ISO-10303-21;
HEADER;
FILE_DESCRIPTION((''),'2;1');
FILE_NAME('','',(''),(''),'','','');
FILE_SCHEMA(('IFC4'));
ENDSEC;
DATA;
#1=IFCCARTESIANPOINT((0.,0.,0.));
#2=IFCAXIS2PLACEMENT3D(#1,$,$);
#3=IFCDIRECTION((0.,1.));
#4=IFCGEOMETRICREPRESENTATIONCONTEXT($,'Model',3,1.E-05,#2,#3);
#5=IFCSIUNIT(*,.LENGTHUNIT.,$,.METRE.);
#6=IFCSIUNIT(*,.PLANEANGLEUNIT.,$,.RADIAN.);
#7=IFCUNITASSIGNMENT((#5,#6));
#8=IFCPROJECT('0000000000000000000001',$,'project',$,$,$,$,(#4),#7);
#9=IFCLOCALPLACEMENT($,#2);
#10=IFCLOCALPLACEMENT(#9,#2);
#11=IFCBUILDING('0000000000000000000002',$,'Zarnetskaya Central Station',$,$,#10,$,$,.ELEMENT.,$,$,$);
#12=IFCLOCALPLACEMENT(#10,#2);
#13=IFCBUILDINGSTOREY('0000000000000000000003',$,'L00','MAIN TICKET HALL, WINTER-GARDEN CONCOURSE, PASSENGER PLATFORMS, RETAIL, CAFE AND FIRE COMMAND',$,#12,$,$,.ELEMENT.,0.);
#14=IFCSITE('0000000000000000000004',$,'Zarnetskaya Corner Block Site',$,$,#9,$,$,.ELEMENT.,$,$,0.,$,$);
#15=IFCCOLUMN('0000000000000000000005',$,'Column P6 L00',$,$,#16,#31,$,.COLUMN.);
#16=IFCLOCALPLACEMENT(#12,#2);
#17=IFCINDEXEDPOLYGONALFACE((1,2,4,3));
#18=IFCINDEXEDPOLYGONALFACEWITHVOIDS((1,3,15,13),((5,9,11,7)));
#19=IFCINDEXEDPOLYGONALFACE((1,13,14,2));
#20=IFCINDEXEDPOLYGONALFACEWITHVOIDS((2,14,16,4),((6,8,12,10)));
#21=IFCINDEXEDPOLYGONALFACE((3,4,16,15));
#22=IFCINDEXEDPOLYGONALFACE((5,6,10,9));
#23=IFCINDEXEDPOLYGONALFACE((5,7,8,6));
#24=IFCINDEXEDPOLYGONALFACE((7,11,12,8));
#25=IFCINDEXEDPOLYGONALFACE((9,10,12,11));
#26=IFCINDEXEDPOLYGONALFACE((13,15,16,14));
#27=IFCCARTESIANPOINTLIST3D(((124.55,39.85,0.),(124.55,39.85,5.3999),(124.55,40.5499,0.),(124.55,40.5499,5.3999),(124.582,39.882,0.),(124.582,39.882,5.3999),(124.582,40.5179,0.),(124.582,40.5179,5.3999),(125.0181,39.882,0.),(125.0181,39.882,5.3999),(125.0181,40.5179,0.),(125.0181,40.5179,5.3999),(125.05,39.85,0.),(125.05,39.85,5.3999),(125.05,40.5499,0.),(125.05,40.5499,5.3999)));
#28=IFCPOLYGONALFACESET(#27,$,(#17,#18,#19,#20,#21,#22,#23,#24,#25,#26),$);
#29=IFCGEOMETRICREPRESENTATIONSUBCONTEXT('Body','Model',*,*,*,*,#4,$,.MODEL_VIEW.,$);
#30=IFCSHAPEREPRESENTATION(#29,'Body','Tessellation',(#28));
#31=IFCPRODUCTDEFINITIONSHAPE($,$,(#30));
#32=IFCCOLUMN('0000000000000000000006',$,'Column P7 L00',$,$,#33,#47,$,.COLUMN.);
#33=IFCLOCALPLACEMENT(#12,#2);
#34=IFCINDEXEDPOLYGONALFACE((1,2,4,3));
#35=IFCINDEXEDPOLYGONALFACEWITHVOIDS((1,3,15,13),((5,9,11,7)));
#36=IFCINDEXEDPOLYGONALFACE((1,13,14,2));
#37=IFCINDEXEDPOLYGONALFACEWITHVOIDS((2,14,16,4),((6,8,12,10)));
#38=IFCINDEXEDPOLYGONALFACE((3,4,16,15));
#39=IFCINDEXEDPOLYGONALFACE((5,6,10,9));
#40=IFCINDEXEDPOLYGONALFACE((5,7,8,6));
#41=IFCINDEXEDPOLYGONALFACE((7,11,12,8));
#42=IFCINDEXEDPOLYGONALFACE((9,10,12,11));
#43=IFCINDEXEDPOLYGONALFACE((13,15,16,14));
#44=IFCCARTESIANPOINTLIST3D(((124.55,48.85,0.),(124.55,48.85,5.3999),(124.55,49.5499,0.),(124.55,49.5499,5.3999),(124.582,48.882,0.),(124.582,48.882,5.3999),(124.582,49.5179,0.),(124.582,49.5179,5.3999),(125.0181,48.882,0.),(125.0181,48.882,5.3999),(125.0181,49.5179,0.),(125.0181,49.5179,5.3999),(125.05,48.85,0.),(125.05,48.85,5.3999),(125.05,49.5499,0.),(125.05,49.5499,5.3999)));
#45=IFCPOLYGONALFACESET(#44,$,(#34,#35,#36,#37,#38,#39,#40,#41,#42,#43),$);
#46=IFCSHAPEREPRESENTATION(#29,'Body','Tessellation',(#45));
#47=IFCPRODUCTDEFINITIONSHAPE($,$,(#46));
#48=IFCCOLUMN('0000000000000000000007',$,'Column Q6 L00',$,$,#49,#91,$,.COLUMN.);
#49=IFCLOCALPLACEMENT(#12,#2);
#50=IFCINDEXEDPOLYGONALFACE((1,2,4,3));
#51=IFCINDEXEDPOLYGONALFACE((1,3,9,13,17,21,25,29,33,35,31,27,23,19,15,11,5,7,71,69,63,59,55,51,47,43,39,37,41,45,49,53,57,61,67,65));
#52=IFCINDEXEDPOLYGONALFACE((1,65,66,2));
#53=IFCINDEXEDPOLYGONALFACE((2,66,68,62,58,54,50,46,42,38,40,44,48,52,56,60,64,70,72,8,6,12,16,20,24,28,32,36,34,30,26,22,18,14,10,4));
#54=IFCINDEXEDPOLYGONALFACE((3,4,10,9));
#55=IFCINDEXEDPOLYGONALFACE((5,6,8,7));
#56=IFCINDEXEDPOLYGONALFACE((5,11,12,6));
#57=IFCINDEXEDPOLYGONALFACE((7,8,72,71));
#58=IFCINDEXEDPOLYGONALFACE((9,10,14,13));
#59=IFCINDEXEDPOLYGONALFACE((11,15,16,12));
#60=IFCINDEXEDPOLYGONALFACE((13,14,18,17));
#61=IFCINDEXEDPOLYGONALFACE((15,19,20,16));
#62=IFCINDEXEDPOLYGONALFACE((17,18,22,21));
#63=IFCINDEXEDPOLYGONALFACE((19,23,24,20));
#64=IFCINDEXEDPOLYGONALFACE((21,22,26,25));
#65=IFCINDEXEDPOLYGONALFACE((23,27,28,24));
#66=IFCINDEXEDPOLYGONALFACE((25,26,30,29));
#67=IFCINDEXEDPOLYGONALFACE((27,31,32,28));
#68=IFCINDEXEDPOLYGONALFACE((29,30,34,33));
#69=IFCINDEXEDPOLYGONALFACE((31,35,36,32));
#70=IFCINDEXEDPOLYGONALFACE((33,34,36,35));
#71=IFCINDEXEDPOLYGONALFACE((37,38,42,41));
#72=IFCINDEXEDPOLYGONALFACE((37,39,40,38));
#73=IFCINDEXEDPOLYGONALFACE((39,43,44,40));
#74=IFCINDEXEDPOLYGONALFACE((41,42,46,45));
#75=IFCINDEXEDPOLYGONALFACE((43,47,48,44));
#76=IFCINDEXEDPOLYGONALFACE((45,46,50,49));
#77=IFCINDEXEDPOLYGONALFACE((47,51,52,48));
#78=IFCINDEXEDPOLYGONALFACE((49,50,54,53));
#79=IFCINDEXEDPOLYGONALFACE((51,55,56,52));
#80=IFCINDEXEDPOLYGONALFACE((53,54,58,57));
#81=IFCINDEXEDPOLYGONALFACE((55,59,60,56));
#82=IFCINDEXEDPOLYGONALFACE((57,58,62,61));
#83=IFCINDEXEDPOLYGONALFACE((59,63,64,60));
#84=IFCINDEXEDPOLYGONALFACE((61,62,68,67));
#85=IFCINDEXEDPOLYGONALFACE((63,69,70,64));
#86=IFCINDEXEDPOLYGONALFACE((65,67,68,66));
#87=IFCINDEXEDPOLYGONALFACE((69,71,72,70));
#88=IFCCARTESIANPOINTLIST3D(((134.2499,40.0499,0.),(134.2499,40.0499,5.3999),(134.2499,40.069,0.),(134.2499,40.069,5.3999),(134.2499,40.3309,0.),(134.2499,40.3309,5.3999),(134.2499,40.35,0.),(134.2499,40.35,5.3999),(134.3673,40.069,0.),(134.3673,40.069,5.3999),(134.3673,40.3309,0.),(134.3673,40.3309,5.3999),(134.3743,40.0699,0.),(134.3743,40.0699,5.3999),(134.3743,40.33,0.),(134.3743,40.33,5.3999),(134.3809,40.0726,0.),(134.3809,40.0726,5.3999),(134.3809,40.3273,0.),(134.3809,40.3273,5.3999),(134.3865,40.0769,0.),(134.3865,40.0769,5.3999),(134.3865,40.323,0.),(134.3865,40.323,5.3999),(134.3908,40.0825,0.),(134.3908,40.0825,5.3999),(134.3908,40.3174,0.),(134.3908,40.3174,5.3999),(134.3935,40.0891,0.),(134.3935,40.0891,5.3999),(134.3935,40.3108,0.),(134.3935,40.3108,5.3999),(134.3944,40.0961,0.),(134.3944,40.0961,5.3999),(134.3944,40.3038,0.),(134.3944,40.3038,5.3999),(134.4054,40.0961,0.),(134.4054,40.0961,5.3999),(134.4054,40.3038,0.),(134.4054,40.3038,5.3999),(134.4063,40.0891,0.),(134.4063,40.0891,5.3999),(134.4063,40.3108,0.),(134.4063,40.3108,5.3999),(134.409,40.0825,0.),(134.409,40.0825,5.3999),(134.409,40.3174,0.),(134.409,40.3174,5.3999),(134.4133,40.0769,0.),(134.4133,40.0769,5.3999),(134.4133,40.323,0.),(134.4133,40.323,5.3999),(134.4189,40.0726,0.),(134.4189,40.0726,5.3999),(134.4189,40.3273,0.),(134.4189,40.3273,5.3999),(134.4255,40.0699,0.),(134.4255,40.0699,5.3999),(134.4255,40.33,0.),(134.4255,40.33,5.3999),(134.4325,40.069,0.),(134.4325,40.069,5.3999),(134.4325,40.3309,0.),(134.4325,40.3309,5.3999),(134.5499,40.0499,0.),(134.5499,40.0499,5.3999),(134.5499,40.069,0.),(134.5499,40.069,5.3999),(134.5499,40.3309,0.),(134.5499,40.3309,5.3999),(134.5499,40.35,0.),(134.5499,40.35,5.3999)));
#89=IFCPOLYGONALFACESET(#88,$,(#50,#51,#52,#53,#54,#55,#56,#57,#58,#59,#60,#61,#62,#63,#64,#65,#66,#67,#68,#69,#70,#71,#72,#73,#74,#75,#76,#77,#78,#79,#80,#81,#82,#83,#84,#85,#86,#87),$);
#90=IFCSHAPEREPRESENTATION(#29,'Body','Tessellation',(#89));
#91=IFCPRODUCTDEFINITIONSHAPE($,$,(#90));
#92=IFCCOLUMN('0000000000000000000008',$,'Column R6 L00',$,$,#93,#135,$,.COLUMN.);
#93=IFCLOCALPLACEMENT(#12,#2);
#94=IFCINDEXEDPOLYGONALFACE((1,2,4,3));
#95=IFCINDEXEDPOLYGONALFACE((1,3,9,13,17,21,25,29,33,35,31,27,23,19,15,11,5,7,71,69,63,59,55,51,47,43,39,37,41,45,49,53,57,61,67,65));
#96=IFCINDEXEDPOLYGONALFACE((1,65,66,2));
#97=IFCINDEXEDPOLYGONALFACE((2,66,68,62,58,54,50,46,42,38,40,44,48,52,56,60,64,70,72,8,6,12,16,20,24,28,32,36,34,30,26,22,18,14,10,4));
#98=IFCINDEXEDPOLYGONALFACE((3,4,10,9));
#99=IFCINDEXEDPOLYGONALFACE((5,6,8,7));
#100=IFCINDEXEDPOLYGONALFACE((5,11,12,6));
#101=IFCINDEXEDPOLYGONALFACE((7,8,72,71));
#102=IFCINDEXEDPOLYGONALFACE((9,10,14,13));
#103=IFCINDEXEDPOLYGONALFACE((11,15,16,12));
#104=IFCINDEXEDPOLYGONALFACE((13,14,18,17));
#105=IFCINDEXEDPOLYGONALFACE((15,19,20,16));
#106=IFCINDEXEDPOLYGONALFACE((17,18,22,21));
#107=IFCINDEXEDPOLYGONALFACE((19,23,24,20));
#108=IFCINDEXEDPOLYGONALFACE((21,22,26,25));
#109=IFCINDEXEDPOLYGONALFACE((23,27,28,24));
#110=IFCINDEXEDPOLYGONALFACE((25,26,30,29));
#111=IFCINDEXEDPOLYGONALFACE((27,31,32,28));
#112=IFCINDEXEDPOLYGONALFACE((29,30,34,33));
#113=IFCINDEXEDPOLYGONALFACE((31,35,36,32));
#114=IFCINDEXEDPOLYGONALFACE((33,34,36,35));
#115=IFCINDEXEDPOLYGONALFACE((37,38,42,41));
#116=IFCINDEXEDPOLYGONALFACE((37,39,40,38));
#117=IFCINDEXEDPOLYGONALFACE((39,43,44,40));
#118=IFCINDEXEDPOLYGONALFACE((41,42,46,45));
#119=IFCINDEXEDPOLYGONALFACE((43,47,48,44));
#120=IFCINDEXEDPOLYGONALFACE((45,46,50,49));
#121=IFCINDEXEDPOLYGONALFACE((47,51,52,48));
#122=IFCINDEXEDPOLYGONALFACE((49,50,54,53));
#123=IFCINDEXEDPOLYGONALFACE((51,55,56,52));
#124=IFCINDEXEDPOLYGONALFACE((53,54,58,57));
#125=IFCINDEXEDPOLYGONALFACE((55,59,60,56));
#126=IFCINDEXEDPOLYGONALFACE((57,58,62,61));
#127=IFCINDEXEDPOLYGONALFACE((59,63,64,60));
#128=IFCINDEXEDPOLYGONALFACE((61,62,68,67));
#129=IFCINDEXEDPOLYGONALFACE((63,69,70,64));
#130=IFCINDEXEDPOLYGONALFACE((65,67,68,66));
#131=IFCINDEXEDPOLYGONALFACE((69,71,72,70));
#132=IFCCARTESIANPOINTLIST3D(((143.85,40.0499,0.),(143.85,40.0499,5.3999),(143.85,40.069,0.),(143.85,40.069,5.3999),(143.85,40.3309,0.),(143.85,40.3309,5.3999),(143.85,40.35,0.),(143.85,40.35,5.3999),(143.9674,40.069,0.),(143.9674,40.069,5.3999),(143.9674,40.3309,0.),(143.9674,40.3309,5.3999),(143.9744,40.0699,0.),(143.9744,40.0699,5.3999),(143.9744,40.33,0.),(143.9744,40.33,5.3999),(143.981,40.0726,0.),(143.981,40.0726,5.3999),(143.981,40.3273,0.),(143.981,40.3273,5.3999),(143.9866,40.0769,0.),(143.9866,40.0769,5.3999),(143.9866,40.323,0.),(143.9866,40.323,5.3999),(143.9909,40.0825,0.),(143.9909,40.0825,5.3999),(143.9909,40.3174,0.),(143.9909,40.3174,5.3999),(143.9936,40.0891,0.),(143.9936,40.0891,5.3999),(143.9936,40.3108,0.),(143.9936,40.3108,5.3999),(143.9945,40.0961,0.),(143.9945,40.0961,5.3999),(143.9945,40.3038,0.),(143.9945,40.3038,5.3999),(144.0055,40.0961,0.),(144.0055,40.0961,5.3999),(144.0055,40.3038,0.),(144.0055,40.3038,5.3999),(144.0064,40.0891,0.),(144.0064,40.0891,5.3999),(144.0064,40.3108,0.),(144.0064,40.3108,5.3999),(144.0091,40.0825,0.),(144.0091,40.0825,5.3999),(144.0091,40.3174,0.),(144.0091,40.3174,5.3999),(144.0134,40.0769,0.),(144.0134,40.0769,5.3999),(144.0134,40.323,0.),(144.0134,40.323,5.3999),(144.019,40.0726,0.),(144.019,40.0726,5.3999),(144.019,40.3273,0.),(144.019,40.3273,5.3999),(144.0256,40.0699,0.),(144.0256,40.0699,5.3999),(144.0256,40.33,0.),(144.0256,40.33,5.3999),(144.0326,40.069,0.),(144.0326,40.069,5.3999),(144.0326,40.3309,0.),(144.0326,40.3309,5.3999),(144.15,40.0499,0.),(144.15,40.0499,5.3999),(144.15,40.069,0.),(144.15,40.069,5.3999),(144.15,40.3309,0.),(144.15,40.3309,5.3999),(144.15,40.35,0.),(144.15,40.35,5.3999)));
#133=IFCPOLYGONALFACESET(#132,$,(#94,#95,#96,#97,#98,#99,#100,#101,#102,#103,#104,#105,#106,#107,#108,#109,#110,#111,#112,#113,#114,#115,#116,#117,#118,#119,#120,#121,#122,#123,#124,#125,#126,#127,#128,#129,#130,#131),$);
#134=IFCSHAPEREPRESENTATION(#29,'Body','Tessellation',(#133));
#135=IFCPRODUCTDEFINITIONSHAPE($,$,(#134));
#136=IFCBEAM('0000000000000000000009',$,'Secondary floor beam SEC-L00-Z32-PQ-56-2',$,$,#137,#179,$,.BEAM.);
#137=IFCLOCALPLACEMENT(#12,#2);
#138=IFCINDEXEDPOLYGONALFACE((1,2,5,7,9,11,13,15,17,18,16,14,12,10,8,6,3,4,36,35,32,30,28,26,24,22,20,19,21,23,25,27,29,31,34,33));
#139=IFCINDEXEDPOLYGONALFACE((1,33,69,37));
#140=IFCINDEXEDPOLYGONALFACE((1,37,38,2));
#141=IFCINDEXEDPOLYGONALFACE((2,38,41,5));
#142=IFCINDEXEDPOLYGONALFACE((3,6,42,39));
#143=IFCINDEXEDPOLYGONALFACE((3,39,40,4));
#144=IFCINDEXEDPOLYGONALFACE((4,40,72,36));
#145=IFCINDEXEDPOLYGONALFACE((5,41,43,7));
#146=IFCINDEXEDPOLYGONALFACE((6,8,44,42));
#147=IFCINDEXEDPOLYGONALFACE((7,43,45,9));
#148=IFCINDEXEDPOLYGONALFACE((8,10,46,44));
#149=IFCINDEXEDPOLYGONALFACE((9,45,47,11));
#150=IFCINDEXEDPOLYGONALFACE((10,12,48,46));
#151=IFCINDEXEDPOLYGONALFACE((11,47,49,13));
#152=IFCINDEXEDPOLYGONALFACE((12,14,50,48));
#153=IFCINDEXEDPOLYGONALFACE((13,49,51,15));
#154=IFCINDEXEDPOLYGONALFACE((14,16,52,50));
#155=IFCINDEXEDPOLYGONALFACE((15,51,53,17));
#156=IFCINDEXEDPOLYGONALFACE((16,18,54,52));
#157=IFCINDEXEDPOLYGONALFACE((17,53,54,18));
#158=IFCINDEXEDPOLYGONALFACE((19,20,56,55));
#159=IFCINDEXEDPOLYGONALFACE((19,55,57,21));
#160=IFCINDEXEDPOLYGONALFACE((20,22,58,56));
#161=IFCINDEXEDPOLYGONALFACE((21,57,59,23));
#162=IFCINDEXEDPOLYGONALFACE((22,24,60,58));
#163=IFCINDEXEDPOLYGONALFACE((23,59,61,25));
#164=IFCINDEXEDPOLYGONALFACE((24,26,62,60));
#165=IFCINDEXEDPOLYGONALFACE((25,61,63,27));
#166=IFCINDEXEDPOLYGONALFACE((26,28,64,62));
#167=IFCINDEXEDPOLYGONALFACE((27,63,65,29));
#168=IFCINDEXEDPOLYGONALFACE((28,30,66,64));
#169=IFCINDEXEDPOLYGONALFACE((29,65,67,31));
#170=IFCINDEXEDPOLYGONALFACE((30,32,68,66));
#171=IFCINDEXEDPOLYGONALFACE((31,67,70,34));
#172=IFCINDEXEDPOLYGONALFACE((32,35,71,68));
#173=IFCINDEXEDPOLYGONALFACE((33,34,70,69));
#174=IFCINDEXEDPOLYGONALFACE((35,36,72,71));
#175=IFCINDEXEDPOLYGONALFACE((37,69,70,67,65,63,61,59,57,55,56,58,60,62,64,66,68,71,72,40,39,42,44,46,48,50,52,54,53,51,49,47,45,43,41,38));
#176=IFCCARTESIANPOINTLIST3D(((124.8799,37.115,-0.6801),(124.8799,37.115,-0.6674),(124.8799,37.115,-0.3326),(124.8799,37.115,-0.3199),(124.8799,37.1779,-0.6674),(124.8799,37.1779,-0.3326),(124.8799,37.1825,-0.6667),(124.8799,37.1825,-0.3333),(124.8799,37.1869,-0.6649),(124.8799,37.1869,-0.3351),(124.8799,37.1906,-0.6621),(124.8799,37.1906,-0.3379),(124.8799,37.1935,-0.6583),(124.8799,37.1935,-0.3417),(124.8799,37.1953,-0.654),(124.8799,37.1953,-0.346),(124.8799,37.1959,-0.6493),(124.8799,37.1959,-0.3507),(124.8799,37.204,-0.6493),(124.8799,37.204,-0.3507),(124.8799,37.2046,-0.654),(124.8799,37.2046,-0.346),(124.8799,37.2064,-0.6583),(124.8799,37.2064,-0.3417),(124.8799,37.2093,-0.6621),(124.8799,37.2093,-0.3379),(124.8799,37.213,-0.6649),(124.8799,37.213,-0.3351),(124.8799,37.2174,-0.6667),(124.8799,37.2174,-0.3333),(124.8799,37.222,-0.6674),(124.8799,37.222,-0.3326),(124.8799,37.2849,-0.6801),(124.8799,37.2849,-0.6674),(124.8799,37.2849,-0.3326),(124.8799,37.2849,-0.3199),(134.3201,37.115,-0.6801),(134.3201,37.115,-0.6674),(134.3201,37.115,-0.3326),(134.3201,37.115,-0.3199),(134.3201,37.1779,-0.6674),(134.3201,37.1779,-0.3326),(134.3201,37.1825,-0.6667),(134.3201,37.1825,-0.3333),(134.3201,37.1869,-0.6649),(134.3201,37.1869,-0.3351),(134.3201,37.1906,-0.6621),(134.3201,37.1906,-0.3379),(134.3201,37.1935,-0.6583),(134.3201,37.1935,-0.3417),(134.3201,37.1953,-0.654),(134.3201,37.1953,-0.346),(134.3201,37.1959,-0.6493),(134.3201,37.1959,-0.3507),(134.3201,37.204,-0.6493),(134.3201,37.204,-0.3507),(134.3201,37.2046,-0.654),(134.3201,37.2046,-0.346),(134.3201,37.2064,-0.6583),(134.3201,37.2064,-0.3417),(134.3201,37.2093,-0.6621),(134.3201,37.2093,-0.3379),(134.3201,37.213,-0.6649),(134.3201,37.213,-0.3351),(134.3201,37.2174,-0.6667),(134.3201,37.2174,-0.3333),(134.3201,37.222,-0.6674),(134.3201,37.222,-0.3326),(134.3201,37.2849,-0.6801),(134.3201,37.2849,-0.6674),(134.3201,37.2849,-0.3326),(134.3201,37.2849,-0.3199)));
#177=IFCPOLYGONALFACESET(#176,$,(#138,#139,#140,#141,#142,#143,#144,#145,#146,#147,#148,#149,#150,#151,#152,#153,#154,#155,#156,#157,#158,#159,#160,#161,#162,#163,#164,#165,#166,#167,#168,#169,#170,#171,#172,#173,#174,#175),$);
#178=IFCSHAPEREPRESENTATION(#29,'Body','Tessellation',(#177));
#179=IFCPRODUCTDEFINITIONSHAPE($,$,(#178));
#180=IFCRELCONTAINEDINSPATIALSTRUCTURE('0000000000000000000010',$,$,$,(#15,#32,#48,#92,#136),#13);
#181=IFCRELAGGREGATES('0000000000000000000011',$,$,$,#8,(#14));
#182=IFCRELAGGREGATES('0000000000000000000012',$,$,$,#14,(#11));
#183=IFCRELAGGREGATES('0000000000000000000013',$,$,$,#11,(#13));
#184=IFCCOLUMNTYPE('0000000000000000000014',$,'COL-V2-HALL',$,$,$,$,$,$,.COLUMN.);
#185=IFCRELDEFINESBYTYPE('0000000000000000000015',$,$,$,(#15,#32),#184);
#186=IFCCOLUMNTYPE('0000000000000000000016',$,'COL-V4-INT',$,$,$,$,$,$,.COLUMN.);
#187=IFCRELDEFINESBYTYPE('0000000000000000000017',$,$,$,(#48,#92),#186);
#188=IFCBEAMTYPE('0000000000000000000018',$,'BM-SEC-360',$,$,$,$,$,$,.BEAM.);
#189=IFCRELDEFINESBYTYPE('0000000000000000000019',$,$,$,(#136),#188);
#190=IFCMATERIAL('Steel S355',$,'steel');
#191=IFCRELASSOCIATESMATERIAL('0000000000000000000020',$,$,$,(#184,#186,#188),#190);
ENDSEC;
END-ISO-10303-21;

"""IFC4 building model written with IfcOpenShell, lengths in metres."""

from ifc_helpers import new_model, si_unit, direction, frame, origin, origin_2d, place, context, subcontext, project, spatial, hollow_rectangle, i_section, extrude, material, material_profile, profile_set, type_object, element, save


model = new_model("IFC4")

# Units and contexts
model_context = context("Model", 3, precision=1e-05, world=origin(), true_north=direction((0.0, 1.0)))
body_context = subcontext(model_context, "Body", "Model", "MODEL_VIEW")
ifc_project = project(units=[si_unit("LENGTHUNIT", "METRE"), si_unit("PLANEANGLEUNIT", "RADIAN")], contexts=[model_context])

# Site, building, storey
site_placement = place(None, origin())
site = spatial("IfcSite", under=ifc_project, at=site_placement, Name="Zarnetskaya Corner Block Site", CompositionType="ELEMENT", RefElevation=0.0)
building_placement = place(site_placement, origin())
building = spatial("IfcBuilding", under=site, at=building_placement, Name="Zarnetskaya Central Station", CompositionType="ELEMENT")
storey_placement = place(building_placement, origin())
storey = spatial("IfcBuildingStorey", under=building, at=storey_placement, Name="L00", Description="MAIN TICKET HALL, WINTER-GARDEN CONCOURSE, PASSENGER PLATFORMS, RETAIL, CAFE AND FIRE COMMAND", CompositionType="ELEMENT", Elevation=0.0)

# Columns
ifc_material_1 = material(Name="Steel S355", Category="steel")
ifc_material_profile_1 = material_profile(ifc_material_1, hollow_rectangle(XDim=0.5, YDim=0.7, WallThickness=0.032, at=origin_2d()), Name="BOX 700x500x32")
ifc_profile_set_1 = profile_set([ifc_material_profile_1], Name="Steel S355")
column_type_1 = type_object("IfcColumnType", Name="COL-V2-HALL", PredefinedType="COLUMN", material=ifc_profile_set_1)
for number, where, z_axis, x_axis, name in (
    (1, (124.8, 40.2, 0.0), (0.0, 0.0, 1.0), (1.0, 0.0, 0.0), "Column P6 L00"),
    (2, (124.8, 49.2, 0.0), (0.0, 0.0, 1.0), (1.0, 0.0, 0.0), "Column P7 L00"),
):
    element("IfcColumn", number, at=place(storey_placement, frame(where, z_axis=z_axis, x_axis=x_axis)), inside=storey, type_object=column_type_1, Name=name, PredefinedType="COLUMN", context=body_context, shape_type="SweptSolid", body=[
        extrude(hollow_rectangle(XDim=0.5, YDim=0.7, WallThickness=0.032, at=origin_2d()), origin(), (0.0, 0.0, 1.0), 5.3999),
    ])
ifc_material_profile_2 = material_profile(ifc_material_1, i_section(OverallWidth=0.3, OverallDepth=0.3, WebThickness=0.011, FlangeThickness=0.019, FilletRadius=0.0271, at=origin_2d()), Name="HEB 300")
ifc_profile_set_2 = profile_set([ifc_material_profile_2], Name="Steel S355")
column_type_2 = type_object("IfcColumnType", Name="COL-V4-INT", PredefinedType="COLUMN", material=ifc_profile_set_2)
for number, where, z_axis, x_axis, name in (
    (3, (134.3999, 40.2, 0.0), (0.0, 0.0, 1.0), (1.0, 0.0, 0.0), "Column Q6 L00"),
    (4, (144.0, 40.2, 0.0), (0.0, 0.0, 1.0), (1.0, 0.0, 0.0), "Column R6 L00"),
):
    element("IfcColumn", number, at=place(storey_placement, frame(where, z_axis=z_axis, x_axis=x_axis)), inside=storey, type_object=column_type_2, Name=name, PredefinedType="COLUMN", context=body_context, shape_type="SweptSolid", body=[
        extrude(i_section(OverallWidth=0.3, OverallDepth=0.3, WebThickness=0.011, FlangeThickness=0.019, FilletRadius=0.0271, at=origin_2d()), origin(), (0.0, 0.0, 1.0), 5.3999),
    ])

# Beam
ifc_material_profile_3 = material_profile(ifc_material_1, i_section(OverallWidth=0.1699, OverallDepth=0.3601, WebThickness=0.0081, FlangeThickness=0.0127, FilletRadius=0.0181, at=origin_2d()), Name="IPE 360")
ifc_profile_set_3 = profile_set([ifc_material_profile_3], Name="Steel S355")
beam_type_1 = type_object("IfcBeamType", Name="BM-SEC-360", PredefinedType="BEAM", material=ifc_profile_set_3)
for number, where, z_axis, x_axis, name in (
    (5, (124.8799, 37.2, -0.5), (1.0, 0.0, 0.0), (0.0, 1.0, 0.0), "Secondary floor beam SEC-L00-Z32-PQ-56-2"),
):
    element("IfcBeam", number, at=place(storey_placement, frame(where, z_axis=z_axis, x_axis=x_axis)), inside=storey, type_object=beam_type_1, Name=name, PredefinedType="BEAM", context=body_context, shape_type="SweptSolid", body=[
        extrude(i_section(OverallWidth=0.1699, OverallDepth=0.3601, WebThickness=0.0081, FlangeThickness=0.0127, FilletRadius=0.0181, at=origin_2d()), origin(), (0.0, 0.0, 1.0), 9.4402),
    ])

save(model, "model.ifc")
